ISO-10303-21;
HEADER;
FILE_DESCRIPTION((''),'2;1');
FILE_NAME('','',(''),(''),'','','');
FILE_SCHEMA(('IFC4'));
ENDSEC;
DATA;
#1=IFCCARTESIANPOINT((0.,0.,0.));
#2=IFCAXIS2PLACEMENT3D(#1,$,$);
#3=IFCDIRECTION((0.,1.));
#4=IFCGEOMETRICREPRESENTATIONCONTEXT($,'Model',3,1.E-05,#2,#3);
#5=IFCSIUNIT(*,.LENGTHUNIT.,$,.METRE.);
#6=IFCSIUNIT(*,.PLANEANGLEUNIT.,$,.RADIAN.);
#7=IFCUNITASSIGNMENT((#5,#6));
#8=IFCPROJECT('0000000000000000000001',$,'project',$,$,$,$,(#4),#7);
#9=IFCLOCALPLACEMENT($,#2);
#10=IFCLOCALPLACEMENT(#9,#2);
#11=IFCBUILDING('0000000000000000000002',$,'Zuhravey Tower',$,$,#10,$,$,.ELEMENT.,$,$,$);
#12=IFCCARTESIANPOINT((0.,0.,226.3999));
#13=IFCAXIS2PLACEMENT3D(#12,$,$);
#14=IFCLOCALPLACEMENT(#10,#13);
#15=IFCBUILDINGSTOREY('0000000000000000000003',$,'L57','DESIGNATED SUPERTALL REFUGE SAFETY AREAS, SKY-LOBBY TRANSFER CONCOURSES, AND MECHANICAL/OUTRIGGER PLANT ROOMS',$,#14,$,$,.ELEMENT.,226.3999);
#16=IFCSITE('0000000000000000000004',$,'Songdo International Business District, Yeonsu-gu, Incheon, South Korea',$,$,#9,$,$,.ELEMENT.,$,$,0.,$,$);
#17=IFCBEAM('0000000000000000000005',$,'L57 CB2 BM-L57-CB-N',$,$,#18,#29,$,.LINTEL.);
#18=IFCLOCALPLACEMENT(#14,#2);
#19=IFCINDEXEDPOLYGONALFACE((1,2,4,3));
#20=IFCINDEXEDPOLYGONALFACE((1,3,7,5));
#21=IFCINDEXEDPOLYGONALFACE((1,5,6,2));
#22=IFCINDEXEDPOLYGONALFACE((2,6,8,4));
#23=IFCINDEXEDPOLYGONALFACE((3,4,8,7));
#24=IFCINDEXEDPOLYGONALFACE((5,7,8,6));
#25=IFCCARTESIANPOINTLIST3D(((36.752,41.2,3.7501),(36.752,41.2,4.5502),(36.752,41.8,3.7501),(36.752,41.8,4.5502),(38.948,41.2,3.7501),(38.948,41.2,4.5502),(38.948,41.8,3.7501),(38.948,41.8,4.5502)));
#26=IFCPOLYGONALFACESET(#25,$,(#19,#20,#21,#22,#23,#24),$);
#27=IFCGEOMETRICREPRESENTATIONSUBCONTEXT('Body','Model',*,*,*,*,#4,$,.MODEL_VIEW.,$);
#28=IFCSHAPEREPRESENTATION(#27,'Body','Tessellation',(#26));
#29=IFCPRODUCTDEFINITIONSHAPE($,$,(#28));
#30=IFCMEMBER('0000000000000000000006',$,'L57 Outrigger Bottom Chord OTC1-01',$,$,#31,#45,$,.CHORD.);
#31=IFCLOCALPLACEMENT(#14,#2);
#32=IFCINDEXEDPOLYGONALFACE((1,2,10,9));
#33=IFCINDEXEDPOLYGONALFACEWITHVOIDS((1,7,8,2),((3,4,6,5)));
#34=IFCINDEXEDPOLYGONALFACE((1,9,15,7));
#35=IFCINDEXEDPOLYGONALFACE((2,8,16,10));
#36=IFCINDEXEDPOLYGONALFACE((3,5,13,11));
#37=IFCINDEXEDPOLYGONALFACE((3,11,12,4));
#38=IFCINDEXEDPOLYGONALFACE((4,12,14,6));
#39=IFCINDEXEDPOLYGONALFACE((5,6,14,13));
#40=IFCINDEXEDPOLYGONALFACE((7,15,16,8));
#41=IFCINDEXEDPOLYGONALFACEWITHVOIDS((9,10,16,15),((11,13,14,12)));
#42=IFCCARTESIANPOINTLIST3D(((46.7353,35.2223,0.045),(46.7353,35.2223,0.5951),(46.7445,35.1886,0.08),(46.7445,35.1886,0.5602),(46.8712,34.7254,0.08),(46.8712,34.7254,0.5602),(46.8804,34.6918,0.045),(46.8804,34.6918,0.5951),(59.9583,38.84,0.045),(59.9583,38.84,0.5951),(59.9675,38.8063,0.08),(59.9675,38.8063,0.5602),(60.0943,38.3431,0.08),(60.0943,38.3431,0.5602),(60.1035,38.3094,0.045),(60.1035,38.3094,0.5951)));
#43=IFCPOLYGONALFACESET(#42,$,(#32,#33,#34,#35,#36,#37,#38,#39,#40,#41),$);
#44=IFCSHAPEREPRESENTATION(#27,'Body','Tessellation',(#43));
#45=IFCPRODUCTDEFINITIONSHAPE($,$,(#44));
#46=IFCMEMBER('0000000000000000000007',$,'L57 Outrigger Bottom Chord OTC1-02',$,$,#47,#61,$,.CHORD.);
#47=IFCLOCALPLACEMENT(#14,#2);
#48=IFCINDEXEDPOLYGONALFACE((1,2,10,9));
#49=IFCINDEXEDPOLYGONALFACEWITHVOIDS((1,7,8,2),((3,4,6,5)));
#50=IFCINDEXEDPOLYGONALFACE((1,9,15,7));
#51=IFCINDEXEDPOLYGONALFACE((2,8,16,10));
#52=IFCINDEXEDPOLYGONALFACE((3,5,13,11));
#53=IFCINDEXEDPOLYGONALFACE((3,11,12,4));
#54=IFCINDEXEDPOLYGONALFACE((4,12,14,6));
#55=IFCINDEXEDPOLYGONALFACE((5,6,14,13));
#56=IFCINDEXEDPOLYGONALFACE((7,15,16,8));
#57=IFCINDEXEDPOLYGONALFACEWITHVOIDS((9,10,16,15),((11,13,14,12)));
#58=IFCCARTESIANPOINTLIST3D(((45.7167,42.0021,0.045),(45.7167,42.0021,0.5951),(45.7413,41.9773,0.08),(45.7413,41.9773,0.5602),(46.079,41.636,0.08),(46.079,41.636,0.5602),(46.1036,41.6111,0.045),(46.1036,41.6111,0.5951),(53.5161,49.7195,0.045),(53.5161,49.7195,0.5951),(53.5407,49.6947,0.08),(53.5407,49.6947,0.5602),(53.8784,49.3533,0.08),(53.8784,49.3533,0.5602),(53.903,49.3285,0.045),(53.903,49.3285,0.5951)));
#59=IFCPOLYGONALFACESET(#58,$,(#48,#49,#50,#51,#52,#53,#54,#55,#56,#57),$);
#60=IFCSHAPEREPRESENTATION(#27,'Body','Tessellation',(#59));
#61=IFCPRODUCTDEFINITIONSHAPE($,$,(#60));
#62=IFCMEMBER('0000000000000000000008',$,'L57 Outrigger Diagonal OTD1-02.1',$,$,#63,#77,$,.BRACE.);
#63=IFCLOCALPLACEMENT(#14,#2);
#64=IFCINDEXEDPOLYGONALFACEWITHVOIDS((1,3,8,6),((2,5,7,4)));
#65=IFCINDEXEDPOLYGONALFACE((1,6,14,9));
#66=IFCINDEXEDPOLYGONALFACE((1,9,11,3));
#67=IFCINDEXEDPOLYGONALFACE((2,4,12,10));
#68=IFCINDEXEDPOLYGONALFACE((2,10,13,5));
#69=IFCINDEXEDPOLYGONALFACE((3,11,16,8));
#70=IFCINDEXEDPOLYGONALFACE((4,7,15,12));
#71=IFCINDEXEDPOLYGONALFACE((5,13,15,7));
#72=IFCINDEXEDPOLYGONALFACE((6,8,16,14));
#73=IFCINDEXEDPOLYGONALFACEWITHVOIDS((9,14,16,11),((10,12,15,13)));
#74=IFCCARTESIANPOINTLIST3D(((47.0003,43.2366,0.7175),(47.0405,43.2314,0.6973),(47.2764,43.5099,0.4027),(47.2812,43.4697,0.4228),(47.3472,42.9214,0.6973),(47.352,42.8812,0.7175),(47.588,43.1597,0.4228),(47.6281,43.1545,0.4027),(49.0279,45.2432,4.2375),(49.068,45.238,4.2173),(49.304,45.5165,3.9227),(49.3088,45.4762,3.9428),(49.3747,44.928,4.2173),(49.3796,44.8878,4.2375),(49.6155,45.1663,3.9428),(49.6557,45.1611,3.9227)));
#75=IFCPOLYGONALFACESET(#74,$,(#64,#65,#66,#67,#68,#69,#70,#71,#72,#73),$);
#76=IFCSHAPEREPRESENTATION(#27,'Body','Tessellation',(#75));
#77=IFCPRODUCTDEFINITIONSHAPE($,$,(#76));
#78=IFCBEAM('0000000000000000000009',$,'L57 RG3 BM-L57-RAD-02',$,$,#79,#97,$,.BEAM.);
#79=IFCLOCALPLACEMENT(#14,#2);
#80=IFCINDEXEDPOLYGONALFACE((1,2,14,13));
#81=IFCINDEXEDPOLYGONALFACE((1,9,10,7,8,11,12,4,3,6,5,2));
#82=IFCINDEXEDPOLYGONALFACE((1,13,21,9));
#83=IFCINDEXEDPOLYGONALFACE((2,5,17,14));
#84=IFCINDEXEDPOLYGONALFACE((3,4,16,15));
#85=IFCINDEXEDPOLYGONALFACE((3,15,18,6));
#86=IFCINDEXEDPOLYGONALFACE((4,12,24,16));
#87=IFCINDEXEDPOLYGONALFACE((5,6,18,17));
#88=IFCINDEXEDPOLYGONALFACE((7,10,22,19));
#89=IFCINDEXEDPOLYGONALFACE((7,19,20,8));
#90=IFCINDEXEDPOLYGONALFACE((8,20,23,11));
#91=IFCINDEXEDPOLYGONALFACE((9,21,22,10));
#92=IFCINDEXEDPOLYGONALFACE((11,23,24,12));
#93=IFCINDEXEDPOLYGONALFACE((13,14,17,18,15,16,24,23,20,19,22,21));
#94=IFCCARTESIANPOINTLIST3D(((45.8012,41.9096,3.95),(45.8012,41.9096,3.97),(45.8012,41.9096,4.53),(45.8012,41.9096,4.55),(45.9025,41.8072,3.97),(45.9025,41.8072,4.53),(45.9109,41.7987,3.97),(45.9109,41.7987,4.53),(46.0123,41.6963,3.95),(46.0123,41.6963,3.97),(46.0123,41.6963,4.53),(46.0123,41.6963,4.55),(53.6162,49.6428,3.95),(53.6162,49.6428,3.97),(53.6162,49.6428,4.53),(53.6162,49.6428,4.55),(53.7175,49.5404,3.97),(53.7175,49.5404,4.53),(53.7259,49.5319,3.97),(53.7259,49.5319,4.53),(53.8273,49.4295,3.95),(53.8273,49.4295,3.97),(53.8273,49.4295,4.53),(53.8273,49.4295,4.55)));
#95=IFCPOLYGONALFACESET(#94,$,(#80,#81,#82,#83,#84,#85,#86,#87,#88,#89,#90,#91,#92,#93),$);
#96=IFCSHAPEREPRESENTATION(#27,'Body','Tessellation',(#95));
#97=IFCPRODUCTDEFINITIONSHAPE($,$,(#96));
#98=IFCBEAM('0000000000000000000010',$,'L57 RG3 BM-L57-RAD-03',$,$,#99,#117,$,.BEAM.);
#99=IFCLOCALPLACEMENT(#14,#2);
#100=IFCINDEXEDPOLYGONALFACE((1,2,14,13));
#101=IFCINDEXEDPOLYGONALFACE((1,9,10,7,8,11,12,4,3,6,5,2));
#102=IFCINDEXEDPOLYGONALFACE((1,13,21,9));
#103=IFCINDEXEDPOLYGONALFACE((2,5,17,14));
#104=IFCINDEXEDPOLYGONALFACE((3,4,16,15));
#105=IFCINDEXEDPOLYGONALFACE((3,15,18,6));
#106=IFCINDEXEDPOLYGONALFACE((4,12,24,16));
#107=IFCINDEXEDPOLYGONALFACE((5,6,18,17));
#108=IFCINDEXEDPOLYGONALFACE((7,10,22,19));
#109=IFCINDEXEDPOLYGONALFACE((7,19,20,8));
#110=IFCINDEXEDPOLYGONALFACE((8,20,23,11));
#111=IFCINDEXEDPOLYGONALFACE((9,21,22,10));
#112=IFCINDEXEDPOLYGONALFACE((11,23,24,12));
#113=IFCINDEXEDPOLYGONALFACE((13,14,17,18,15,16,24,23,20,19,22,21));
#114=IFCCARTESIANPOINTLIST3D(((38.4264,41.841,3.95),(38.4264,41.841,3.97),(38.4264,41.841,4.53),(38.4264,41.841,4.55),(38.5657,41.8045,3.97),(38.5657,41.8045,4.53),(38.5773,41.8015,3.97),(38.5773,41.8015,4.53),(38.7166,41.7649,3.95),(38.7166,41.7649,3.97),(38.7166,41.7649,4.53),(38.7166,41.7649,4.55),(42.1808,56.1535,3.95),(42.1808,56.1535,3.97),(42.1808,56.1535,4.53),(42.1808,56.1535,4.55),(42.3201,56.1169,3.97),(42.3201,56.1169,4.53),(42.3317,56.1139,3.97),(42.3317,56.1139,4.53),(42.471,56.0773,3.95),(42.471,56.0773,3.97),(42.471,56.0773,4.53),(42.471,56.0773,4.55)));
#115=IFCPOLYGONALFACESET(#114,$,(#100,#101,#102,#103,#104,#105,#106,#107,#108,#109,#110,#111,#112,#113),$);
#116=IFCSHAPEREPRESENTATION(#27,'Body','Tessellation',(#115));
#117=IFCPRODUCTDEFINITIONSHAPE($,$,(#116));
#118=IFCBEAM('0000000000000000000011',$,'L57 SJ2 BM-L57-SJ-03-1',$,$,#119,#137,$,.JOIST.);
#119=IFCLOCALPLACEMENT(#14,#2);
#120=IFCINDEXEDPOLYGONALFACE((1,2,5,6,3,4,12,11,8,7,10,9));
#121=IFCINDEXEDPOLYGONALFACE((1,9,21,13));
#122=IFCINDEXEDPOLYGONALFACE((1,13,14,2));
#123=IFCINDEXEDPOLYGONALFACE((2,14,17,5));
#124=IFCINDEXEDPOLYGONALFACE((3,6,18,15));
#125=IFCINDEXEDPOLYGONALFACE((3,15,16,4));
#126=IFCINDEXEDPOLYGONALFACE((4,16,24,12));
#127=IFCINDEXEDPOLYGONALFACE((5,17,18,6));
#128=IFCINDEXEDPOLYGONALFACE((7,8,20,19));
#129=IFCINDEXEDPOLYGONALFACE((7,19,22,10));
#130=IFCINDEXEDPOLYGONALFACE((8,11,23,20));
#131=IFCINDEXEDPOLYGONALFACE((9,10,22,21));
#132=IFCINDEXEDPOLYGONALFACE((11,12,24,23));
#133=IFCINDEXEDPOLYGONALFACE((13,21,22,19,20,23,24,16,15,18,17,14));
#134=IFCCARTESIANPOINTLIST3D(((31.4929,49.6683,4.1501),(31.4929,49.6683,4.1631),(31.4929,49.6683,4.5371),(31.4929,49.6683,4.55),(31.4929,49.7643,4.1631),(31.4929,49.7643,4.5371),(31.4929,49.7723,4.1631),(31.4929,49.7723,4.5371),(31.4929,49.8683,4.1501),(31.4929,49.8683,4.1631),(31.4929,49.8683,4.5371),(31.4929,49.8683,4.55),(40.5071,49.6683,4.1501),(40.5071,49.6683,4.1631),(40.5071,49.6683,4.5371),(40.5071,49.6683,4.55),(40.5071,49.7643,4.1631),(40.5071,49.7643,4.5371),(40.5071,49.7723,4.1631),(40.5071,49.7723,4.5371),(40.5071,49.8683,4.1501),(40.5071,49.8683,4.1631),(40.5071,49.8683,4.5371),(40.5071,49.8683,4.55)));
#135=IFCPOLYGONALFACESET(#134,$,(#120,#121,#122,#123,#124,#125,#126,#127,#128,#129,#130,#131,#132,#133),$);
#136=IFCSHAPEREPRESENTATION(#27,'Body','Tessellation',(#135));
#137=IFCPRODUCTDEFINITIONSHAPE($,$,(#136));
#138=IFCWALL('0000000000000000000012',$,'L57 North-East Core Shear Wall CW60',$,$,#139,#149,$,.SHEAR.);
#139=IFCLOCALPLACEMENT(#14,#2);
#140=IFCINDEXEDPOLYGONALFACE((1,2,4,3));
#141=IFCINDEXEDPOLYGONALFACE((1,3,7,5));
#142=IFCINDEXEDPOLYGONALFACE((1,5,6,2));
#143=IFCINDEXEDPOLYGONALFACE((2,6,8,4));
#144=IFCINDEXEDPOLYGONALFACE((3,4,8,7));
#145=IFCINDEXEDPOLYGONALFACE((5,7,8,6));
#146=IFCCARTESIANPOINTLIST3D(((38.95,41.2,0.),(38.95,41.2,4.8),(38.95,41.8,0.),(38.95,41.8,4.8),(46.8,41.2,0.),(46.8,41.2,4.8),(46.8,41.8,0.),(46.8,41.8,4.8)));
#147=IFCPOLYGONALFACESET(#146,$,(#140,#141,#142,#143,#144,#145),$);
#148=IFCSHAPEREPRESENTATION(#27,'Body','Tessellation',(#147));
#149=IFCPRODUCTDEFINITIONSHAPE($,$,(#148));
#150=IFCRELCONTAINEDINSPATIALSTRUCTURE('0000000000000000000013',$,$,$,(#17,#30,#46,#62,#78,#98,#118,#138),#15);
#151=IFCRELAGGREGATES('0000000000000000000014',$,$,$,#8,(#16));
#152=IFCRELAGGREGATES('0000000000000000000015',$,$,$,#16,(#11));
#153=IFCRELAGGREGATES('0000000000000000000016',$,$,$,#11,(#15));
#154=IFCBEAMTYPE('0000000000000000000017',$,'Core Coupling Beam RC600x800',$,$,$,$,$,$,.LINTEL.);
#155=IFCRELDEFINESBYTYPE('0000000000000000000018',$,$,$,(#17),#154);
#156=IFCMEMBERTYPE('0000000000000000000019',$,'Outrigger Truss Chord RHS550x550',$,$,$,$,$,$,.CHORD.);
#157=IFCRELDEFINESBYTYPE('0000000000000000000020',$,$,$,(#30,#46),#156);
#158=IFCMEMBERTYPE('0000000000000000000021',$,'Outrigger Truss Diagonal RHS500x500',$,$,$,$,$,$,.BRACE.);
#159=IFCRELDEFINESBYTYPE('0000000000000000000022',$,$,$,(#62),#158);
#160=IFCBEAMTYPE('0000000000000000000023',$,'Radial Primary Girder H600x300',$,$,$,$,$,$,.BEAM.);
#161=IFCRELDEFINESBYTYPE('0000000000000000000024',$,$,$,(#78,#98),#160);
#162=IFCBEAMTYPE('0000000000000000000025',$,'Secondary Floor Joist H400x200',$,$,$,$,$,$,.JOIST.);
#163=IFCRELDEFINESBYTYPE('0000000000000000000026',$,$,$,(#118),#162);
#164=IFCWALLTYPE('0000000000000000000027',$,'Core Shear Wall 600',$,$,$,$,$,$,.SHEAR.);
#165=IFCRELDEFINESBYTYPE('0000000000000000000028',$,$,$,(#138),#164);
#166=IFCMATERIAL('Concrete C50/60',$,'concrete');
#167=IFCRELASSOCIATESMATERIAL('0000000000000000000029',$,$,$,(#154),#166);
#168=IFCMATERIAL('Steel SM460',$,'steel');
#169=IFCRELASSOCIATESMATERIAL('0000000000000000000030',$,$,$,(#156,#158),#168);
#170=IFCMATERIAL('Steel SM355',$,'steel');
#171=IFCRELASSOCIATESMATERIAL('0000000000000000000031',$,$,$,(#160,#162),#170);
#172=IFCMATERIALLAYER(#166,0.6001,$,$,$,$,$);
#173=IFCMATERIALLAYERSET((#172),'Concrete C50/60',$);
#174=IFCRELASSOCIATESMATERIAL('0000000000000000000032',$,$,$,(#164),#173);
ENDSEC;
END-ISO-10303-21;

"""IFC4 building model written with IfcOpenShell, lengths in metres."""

from ifc_helpers import new_model, si_unit, direction, frame, frame_2d, origin, origin_2d, place, context, subcontext, project, spatial, rectangle, hollow_rectangle, i_section, extrude, material, layer, layer_set, material_profile, profile_set, type_object, element, save


model = new_model("IFC4")

# Units and contexts
model_context = context("Model", 3, precision=1e-05, world=origin(), true_north=direction((0.0, 1.0)))
body_context = subcontext(model_context, "Body", "Model", "MODEL_VIEW")
ifc_project = project(units=[si_unit("LENGTHUNIT", "METRE"), si_unit("PLANEANGLEUNIT", "RADIAN")], contexts=[model_context])

# Site, building, storey
site_placement = place(None, origin())
site = spatial("IfcSite", under=ifc_project, at=site_placement, Name="Songdo International Business District, Yeonsu-gu, Incheon, South Korea", CompositionType="ELEMENT", RefElevation=0.0)
building_placement = place(site_placement, origin())
building = spatial("IfcBuilding", under=site, at=building_placement, Name="Zuhravey Tower", CompositionType="ELEMENT")
storey_placement = place(building_placement, frame((0.0, 0.0, 226.3999)))
storey = spatial("IfcBuildingStorey", under=building, at=storey_placement, Name="L57", Description="DESIGNATED SUPERTALL REFUGE SAFETY AREAS, SKY-LOBBY TRANSFER CONCOURSES, AND MECHANICAL/OUTRIGGER PLANT ROOMS", CompositionType="ELEMENT", Elevation=226.3999)

# Beam
ifc_material_1 = material(Name="Concrete C50/60", Category="concrete")
ifc_material_profile_1 = material_profile(ifc_material_1, rectangle(XDim=0.6001, YDim=0.8, at=origin_2d()), Name="RC-600x800")
ifc_profile_set_1 = profile_set([ifc_material_profile_1], Name="Concrete C50/60")
beam_type_1 = type_object("IfcBeamType", Name="Core Coupling Beam RC600x800", PredefinedType="LINTEL", material=ifc_profile_set_1)
beam_1_placement = place(storey_placement, frame((36.752, 41.5, 4.1501), z_axis=(1.0, 0.0, 0.0), x_axis=(0.0, 1.0, 0.0)))
element("IfcBeam", 1, at=beam_1_placement, inside=storey, type_object=beam_type_1, Name="L57 CB2 BM-L57-CB-N", PredefinedType="LINTEL", context=body_context, shape_type="SweptSolid", body=[
    extrude(rectangle(XDim=0.6001, YDim=0.8, at=origin_2d()), origin(), (0.0, 0.0, 1.0), 2.196),
])

# Members
ifc_material_2 = material(Name="Steel SM460", Category="steel")
ifc_material_profile_2 = material_profile(ifc_material_2, hollow_rectangle(XDim=0.55, YDim=0.55, WallThickness=0.0349, at=origin_2d()), Name="RHS-550x550x35")
ifc_profile_set_2 = profile_set([ifc_material_profile_2], Name="Steel SM460")
member_type_1 = type_object("IfcMemberType", Name="Outrigger Truss Chord RHS550x550", PredefinedType="CHORD", material=ifc_profile_set_2)
member_1_placement = place(storey_placement, frame((46.8079, 34.957, 0.3201), z_axis=(0.964553, 0.263889, 0.0), x_axis=(-0.263889, 0.964553, 0.0)))
element("IfcMember", 2, at=member_1_placement, inside=storey, type_object=member_type_1, Name="L57 Outrigger Bottom Chord OTC1-01", PredefinedType="CHORD", context=body_context, shape_type="SweptSolid", body=[
    extrude(hollow_rectangle(XDim=0.55, YDim=0.55, WallThickness=0.0349, at=origin_2d()), origin(), (0.0, 0.0, 1.0), 13.709),
])
member_2_placement = place(storey_placement, frame((45.9102, 41.8066, 0.3201), z_axis=(0.710835, 0.703359, 0.0), x_axis=(-0.703359, 0.710835, 0.0)))
element("IfcMember", 3, at=member_2_placement, inside=storey, type_object=member_type_1, Name="L57 Outrigger Bottom Chord OTC1-02", PredefinedType="CHORD", context=body_context, shape_type="SweptSolid", body=[
    extrude(hollow_rectangle(XDim=0.55, YDim=0.55, WallThickness=0.0349, at=origin_2d()), origin(), (0.0, 0.0, 1.0), 10.9722),
])
ifc_material_profile_3 = material_profile(ifc_material_2, hollow_rectangle(XDim=0.5, YDim=0.5, WallThickness=0.032, at=origin_2d()), Name="RHS-500x500x32")
ifc_profile_set_3 = profile_set([ifc_material_profile_3], Name="Steel SM460")
member_type_2 = type_object("IfcMemberType", Name="Outrigger Truss Diagonal RHS500x500", PredefinedType="BRACE", material=ifc_profile_set_3)
member_3_placement = place(storey_placement, frame((47.3142, 43.1956, 0.5601), z_axis=(0.447513, 0.442879, 0.776911), x_axis=(-0.703417, 0.710777, 0.0)))
element("IfcMember", 4, at=member_3_placement, inside=storey, type_object=member_type_2, Name="L57 Outrigger Diagonal OTD1-02.1", PredefinedType="BRACE", context=body_context, shape_type="SweptSolid", body=[
    extrude(hollow_rectangle(XDim=0.5, YDim=0.5, WallThickness=0.032, at=origin_2d()), origin(), (0.0, 0.0, 1.0), 4.5308),
])

# Beams
ifc_material_3 = material(Name="Steel SM355", Category="steel")
ifc_material_profile_4 = material_profile(ifc_material_3, i_section(OverallWidth=0.3, OverallDepth=0.6001, WebThickness=0.012, FlangeThickness=0.02, at=origin_2d()), Name="H-600x300x12x20")
ifc_profile_set_4 = profile_set([ifc_material_profile_4], Name="Steel SM355")
beam_type_2 = type_object("IfcBeamType", Name="Radial Primary Girder H600x300", PredefinedType="BEAM", material=ifc_profile_set_4)
beam_2_placement = place(storey_placement, frame((45.9067, 41.803, 4.25), z_axis=(0.710817, 0.703377, 0.0), x_axis=(-0.703377, 0.710817, 0.0)))
element("IfcBeam", 5, at=beam_2_placement, inside=storey, type_object=beam_type_2, Name="L57 RG3 BM-L57-RAD-02", PredefinedType="BEAM", context=body_context, shape_type="SweptSolid", body=[
    extrude(i_section(OverallWidth=0.3, OverallDepth=0.6001, WebThickness=0.012, FlangeThickness=0.02, at=origin_2d()), origin(), (0.0, 0.0, 1.0), 10.9944),
])
beam_3_placement = place(storey_placement, frame((38.5715, 41.803, 4.25), z_axis=(0.253731, 0.967275, 0.0), x_axis=(-0.967275, 0.253731, 0.0)))
element("IfcBeam", 6, at=beam_3_placement, inside=storey, type_object=beam_type_2, Name="L57 RG3 BM-L57-RAD-03", PredefinedType="BEAM", context=body_context, shape_type="SweptSolid", body=[
    extrude(i_section(OverallWidth=0.3, OverallDepth=0.6001, WebThickness=0.012, FlangeThickness=0.02, at=origin_2d()), origin(), (0.0, 0.0, 1.0), 14.7966),
])
ifc_material_profile_5 = material_profile(ifc_material_3, i_section(OverallWidth=0.2, OverallDepth=0.3999, WebThickness=0.0081, FlangeThickness=0.0129, at=origin_2d()), Name="H-400x200x8x13")
ifc_profile_set_5 = profile_set([ifc_material_profile_5], Name="Steel SM355")
beam_type_3 = type_object("IfcBeamType", Name="Secondary Floor Joist H400x200", PredefinedType="JOIST", material=ifc_profile_set_5)
beam_4_placement = place(storey_placement, frame((40.5071, 49.7683, 4.3501), z_axis=(-1.0, 0.0, 0.0), x_axis=(0.0, -1.0, 0.0)))
element("IfcBeam", 7, at=beam_4_placement, inside=storey, type_object=beam_type_3, Name="L57 SJ2 BM-L57-SJ-03-1", PredefinedType="JOIST", context=body_context, shape_type="SweptSolid", body=[
    extrude(i_section(OverallWidth=0.2, OverallDepth=0.3999, WebThickness=0.0081, FlangeThickness=0.0129, at=origin_2d()), origin(), (0.0, 0.0, 1.0), 9.0142),
])

# Wall
ifc_layer_1 = layer(ifc_material_1, 0.6001)
ifc_layer_set_1 = layer_set([ifc_layer_1], Name="Concrete C50/60")
wall_type_1 = type_object("IfcWallType", Name="Core Shear Wall 600", PredefinedType="SHEAR", material=ifc_layer_set_1)
wall_1_placement = place(storey_placement, frame((46.8, 41.5, 0.0), z_axis=(0.0, 0.0, 1.0), x_axis=(-1.0, 0.0, 0.0)))
element("IfcWall", 8, at=wall_1_placement, inside=storey, type_object=wall_type_1, Name="L57 North-East Core Shear Wall CW60", PredefinedType="SHEAR", context=body_context, shape_type="SweptSolid", body=[
    extrude(rectangle(XDim=7.8501, YDim=0.6001, at=frame_2d((3.925, 0.0))), origin(), (0.0, 0.0, 1.0), 4.8),
])

save(model, "model.ifc")
